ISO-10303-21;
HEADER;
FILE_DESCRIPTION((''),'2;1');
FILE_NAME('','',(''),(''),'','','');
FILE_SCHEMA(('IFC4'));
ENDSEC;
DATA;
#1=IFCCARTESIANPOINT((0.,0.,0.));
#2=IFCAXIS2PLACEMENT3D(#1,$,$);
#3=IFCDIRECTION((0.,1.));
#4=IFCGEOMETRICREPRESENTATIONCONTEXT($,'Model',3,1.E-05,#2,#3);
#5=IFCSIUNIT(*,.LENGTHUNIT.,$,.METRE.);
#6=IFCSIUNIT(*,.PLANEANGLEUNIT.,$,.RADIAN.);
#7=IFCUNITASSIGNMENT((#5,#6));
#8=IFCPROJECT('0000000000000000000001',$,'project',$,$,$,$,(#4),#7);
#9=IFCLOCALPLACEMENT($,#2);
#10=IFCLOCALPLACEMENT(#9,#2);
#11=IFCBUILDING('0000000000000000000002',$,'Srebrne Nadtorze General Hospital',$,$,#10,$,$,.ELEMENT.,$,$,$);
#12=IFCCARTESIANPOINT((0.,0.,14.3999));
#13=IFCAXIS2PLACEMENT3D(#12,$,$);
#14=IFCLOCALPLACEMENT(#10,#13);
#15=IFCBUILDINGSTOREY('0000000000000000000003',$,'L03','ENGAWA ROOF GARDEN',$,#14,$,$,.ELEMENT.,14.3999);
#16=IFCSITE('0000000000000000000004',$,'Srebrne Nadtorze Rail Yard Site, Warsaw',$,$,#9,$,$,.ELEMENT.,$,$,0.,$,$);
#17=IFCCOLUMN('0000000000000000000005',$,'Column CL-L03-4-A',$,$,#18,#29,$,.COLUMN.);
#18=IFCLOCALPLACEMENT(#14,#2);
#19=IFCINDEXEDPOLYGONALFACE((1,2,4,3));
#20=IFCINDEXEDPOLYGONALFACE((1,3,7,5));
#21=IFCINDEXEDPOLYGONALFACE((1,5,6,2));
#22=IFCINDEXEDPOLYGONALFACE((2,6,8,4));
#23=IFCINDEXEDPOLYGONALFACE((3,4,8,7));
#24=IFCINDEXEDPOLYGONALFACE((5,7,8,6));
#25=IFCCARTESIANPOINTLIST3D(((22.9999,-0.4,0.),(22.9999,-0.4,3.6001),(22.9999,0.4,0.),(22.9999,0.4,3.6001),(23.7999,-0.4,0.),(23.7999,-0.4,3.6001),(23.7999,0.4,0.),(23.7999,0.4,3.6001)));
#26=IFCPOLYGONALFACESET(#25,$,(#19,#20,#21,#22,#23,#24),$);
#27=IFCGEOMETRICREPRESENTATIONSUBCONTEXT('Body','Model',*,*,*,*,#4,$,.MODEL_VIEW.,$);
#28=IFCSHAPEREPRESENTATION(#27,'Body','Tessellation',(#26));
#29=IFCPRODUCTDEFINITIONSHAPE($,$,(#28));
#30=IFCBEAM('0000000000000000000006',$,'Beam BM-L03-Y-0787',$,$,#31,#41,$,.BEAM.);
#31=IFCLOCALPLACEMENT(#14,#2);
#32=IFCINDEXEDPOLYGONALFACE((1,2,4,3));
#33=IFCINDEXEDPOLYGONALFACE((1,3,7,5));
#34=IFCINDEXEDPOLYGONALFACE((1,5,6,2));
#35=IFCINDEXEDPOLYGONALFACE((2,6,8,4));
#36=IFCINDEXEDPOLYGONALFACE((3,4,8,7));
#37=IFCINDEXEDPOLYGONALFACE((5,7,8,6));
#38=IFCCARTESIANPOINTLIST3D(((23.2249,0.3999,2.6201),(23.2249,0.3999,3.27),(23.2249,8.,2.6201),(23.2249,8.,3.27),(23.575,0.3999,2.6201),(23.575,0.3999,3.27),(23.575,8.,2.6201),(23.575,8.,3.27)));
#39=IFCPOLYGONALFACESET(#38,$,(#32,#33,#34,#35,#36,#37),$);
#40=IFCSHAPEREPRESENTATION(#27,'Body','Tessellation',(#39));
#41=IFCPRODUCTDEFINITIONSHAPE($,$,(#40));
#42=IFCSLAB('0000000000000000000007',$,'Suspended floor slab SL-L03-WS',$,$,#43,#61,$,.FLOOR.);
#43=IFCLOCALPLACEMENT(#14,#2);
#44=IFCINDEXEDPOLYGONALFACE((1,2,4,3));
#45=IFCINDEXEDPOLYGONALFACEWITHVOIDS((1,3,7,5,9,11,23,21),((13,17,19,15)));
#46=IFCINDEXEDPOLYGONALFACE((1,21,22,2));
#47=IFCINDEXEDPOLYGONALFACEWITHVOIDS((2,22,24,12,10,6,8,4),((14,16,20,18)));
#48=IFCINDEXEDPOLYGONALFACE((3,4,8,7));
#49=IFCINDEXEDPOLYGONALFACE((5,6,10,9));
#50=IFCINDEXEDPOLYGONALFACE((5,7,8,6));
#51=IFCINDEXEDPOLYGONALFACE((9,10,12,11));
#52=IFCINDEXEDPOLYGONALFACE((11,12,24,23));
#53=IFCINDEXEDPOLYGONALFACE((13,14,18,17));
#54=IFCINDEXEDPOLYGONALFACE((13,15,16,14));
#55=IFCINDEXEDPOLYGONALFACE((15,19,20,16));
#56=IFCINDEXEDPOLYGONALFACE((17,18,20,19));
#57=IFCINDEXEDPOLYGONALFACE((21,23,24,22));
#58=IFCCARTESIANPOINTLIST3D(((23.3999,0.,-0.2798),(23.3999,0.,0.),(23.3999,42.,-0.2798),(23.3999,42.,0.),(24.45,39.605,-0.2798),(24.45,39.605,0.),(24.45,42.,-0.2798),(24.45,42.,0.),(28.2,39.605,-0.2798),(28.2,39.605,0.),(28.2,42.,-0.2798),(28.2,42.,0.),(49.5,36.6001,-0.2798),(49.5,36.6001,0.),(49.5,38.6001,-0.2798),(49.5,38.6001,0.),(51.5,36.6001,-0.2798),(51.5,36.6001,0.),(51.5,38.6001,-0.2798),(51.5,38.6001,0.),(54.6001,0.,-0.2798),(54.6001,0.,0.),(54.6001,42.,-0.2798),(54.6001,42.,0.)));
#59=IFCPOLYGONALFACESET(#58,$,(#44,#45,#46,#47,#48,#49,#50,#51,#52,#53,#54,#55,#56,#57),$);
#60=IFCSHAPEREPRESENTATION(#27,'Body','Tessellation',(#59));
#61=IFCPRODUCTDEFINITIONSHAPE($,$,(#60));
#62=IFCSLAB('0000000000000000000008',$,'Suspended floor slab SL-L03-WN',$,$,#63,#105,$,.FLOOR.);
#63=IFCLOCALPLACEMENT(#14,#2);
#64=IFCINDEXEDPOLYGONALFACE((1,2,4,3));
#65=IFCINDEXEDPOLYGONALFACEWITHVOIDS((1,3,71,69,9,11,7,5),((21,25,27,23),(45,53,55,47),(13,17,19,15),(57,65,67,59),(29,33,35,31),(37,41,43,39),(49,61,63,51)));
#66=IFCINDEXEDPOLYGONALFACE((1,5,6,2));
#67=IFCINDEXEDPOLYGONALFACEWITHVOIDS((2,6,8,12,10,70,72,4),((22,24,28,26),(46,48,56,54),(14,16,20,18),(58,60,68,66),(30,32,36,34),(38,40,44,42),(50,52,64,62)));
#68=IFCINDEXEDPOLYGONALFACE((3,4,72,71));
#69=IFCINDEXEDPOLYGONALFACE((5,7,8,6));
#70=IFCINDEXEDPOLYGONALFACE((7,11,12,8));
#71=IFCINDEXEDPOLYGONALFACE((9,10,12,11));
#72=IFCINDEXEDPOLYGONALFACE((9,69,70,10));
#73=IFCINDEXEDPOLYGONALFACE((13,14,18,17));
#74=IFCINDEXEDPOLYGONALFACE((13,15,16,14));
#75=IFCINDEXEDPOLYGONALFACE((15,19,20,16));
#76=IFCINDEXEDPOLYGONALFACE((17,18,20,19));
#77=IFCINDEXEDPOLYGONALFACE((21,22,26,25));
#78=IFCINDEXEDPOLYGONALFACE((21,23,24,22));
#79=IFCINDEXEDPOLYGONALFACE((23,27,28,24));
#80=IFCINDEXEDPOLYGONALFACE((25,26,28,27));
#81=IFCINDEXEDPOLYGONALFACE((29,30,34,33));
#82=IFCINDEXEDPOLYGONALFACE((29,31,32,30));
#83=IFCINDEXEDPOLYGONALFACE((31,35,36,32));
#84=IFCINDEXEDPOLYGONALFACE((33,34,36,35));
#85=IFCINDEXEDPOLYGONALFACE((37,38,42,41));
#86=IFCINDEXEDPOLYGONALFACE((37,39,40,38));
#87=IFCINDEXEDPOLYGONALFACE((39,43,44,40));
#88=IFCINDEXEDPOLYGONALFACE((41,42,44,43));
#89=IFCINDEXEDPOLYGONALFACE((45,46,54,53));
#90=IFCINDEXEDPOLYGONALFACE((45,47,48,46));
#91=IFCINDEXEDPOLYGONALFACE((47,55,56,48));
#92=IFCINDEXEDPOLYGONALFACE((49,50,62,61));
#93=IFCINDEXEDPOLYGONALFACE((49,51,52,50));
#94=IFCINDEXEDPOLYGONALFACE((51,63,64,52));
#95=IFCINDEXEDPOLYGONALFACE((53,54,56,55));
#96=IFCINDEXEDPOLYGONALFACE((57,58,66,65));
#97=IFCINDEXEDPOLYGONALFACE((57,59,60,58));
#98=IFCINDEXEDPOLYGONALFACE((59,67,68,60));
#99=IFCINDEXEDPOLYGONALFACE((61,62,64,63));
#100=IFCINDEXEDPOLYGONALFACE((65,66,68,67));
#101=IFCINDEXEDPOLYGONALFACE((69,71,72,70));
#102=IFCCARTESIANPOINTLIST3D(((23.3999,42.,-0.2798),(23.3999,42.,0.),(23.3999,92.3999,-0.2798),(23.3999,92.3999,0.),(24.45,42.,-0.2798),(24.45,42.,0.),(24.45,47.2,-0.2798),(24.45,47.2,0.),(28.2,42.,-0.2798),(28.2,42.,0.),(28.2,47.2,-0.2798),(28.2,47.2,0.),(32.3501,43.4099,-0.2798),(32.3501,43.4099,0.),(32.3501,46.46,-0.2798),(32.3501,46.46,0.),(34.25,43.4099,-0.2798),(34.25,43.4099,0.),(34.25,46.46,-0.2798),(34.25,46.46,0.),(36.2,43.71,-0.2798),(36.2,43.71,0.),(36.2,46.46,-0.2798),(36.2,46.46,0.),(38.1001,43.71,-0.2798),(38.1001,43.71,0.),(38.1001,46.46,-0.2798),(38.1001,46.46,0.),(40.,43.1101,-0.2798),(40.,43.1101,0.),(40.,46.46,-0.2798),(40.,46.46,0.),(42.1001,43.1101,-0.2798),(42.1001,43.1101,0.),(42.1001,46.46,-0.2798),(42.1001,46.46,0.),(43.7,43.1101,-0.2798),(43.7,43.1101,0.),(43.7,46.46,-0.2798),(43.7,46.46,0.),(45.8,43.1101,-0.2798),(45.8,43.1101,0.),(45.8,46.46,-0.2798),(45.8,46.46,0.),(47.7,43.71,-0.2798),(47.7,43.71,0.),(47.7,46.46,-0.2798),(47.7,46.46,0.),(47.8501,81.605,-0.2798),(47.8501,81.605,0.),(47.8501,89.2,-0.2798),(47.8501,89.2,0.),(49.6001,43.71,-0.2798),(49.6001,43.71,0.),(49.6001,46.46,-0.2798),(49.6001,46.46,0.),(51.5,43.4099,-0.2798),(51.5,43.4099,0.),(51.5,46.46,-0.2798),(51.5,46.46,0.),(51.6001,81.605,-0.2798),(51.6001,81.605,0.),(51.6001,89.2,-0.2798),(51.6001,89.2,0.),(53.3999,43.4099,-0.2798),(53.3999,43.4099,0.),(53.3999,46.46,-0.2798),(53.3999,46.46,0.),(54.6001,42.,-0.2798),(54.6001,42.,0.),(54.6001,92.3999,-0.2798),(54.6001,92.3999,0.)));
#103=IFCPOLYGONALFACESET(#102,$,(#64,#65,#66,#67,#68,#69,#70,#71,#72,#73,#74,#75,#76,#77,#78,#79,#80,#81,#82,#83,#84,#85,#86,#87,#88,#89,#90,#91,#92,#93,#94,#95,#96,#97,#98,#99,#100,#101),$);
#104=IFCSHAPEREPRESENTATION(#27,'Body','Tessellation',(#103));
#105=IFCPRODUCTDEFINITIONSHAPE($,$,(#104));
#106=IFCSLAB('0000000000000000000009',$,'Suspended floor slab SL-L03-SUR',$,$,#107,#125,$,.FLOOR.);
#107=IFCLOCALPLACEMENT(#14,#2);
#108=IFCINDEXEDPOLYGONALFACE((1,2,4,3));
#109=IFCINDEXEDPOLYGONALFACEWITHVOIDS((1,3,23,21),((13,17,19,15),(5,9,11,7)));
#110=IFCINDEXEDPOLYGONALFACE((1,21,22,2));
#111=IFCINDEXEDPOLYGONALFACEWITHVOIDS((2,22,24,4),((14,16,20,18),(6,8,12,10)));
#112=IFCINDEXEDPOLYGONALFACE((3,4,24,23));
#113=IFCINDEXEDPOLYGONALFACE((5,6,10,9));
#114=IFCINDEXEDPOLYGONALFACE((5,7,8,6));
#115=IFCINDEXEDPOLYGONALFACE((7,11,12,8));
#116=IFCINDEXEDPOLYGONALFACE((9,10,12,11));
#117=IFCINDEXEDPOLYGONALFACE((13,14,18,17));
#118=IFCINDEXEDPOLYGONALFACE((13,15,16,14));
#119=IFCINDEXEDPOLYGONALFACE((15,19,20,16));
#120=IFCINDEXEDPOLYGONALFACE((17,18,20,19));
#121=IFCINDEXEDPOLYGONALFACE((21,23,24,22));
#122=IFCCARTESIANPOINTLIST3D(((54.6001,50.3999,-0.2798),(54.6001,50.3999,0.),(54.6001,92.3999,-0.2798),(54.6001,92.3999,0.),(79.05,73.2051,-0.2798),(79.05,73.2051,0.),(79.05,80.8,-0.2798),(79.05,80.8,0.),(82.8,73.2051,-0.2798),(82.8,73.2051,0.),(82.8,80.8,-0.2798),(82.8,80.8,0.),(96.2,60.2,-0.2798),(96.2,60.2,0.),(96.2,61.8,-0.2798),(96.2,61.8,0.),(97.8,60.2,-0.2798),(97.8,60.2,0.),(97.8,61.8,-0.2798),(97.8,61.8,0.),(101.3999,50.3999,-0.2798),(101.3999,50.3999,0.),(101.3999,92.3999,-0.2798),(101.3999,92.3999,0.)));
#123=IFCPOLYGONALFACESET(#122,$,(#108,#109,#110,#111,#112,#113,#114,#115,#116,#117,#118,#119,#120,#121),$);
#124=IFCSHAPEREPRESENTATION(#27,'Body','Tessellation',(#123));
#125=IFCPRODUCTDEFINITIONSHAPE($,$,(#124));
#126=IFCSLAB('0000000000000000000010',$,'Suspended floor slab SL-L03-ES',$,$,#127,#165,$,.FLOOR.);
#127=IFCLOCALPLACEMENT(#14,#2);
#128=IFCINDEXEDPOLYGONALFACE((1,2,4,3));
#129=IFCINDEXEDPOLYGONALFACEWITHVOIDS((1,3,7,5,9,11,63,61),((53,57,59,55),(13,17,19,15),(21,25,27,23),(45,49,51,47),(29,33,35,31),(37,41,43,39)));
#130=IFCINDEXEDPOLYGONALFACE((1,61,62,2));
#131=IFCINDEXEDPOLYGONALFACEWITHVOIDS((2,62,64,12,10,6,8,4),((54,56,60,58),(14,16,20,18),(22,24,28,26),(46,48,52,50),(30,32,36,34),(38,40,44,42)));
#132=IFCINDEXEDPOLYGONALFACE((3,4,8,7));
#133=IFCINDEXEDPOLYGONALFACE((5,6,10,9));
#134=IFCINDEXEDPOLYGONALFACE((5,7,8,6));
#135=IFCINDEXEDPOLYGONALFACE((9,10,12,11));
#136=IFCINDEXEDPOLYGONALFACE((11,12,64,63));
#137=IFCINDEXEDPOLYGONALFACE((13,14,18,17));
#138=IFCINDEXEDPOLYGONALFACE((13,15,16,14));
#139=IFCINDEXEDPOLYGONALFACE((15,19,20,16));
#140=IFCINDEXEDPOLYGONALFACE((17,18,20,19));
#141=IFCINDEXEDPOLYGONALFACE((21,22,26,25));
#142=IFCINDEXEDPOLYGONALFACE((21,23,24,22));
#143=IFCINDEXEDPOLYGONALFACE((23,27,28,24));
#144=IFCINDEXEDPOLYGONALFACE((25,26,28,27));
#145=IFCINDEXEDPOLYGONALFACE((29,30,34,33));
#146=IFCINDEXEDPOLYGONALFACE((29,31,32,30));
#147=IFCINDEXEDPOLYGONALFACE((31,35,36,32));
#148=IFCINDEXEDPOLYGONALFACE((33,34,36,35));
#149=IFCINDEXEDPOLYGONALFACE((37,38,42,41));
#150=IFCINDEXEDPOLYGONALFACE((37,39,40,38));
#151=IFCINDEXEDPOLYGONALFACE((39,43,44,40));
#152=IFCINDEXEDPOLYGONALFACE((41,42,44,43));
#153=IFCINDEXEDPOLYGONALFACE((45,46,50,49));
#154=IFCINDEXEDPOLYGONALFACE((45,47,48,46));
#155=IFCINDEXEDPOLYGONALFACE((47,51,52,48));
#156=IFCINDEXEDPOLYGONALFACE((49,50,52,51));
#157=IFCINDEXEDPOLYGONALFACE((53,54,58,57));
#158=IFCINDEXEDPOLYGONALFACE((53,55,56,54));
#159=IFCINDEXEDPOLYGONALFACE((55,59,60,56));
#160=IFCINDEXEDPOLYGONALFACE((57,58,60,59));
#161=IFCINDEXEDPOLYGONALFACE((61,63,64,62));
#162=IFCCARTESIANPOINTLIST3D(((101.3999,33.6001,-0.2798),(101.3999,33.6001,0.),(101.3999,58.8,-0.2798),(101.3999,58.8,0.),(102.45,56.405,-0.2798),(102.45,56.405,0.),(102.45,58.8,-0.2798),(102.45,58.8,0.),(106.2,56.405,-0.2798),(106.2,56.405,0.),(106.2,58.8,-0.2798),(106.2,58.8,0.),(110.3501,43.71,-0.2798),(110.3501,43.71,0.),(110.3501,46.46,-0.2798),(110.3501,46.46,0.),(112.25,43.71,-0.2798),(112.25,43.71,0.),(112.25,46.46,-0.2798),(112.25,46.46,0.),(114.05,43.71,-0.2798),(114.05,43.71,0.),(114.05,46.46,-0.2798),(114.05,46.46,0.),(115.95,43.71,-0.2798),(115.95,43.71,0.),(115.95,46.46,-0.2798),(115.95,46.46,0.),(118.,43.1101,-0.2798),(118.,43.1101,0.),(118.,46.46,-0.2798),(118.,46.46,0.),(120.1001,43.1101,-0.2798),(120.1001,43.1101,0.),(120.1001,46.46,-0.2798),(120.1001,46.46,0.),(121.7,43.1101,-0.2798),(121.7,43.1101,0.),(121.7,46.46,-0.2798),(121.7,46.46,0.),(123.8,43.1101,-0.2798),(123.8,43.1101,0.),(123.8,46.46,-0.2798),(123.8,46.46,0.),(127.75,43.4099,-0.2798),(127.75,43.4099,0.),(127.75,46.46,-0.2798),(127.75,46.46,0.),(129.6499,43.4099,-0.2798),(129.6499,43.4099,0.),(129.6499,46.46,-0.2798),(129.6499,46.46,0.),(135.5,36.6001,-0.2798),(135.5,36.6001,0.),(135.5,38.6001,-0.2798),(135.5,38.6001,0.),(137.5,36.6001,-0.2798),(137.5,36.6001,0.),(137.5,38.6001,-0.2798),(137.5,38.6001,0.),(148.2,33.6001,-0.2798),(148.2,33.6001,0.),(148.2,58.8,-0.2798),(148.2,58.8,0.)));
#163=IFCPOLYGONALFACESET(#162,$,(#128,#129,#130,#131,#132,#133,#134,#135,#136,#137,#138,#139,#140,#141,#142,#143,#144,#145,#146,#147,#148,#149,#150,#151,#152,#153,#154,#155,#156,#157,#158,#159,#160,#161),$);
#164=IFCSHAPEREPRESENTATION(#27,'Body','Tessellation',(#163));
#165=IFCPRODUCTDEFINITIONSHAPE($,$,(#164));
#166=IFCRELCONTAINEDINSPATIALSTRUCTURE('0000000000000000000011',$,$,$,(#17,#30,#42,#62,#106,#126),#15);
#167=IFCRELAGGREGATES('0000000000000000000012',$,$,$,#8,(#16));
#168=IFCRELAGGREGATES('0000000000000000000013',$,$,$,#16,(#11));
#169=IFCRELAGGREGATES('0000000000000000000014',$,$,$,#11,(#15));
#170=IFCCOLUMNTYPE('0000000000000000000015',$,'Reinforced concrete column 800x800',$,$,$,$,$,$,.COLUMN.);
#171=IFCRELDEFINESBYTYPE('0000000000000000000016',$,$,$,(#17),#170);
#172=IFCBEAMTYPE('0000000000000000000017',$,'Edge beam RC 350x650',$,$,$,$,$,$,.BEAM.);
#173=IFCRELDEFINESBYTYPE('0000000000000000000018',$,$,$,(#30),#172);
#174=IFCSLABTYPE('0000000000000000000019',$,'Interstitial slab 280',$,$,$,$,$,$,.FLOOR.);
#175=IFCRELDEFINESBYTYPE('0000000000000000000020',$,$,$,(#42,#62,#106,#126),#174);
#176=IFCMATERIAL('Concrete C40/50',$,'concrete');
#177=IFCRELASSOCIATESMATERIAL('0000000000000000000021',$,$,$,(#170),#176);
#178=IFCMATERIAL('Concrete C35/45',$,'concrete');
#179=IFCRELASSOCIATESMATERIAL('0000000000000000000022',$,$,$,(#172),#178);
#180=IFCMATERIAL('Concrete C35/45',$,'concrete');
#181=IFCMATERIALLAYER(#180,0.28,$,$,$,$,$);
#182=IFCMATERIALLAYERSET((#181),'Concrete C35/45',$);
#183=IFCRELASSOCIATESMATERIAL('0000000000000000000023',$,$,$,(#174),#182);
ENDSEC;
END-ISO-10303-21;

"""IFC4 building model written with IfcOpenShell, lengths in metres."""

from ifc_helpers import new_model, si_unit, direction, frame, origin, origin_2d, place, context, subcontext, project, spatial, polyline, rectangle, outline, extrude, material, layer, layer_set, material_profile, profile_set, type_object, element, save


model = new_model("IFC4")

# Units and contexts
model_context = context("Model", 3, precision=1e-05, world=origin(), true_north=direction((0.0, 1.0)))
body_context = subcontext(model_context, "Body", "Model", "MODEL_VIEW")
ifc_project = project(units=[si_unit("LENGTHUNIT", "METRE"), si_unit("PLANEANGLEUNIT", "RADIAN")], contexts=[model_context])

# Site, building, storey
site_placement = place(None, origin())
site = spatial("IfcSite", under=ifc_project, at=site_placement, Name="Srebrne Nadtorze Rail Yard Site, Warsaw", CompositionType="ELEMENT", RefElevation=0.0)
building_placement = place(site_placement, origin())
building = spatial("IfcBuilding", under=site, at=building_placement, Name="Srebrne Nadtorze General Hospital", CompositionType="ELEMENT")
storey_placement = place(building_placement, frame((0.0, 0.0, 14.3999)))
storey = spatial("IfcBuildingStorey", under=building, at=storey_placement, Name="L03", Description="ENGAWA ROOF GARDEN", CompositionType="ELEMENT", Elevation=14.3999)

# Column
ifc_material_1 = material(Name="Concrete C40/50", Category="concrete")
ifc_material_profile_1 = material_profile(ifc_material_1, rectangle(XDim=0.8, YDim=0.8, at=origin_2d()), Name="RC-COL-800x800")
ifc_profile_set_1 = profile_set([ifc_material_profile_1], Name="Concrete C40/50")
column_type = type_object("IfcColumnType", Name="Reinforced concrete column 800x800", PredefinedType="COLUMN", material=ifc_profile_set_1)
column_placement = place(storey_placement, frame((23.3999, 0.0, 0.0), z_axis=(0.0, 0.0, 1.0), x_axis=(1.0, 0.0, 0.0)))
element("IfcColumn", 1, at=column_placement, inside=storey, type_object=column_type, Name="Column CL-L03-4-A", PredefinedType="COLUMN", context=body_context, shape_type="SweptSolid", body=[
    extrude(rectangle(XDim=0.8, YDim=0.8, at=origin_2d()), origin(), (0.0, 0.0, 1.0), 3.6001),
])

# Beam
ifc_material_2 = material(Name="Concrete C35/45", Category="concrete")
ifc_material_profile_2 = material_profile(ifc_material_2, rectangle(XDim=0.3501, YDim=0.6499, at=origin_2d()), Name="RC-BM-350x650")
ifc_profile_set_2 = profile_set([ifc_material_profile_2], Name="Concrete C35/45")
beam_type = type_object("IfcBeamType", Name="Edge beam RC 350x650", PredefinedType="BEAM", material=ifc_profile_set_2)
beam_placement = place(storey_placement, frame((23.3999, 0.3999, 2.9451), z_axis=(0.0, 1.0, 0.0), x_axis=(-1.0, 0.0, 0.0)))
element("IfcBeam", 2, at=beam_placement, inside=storey, type_object=beam_type, Name="Beam BM-L03-Y-0787", PredefinedType="BEAM", context=body_context, shape_type="SweptSolid", body=[
    extrude(rectangle(XDim=0.3501, YDim=0.6499, at=origin_2d()), origin(), (0.0, 0.0, 1.0), 7.6001),
])

# Slabs
ifc_material_3 = material(Name="Concrete C35/45", Category="concrete")
ifc_layer_1 = layer(ifc_material_3, 0.28)
ifc_layer_set_1 = layer_set([ifc_layer_1], Name="Concrete C35/45")
slab_type_1 = type_object("IfcSlabType", Name="Interstitial slab 280", PredefinedType="FLOOR", material=ifc_layer_set_1)
slab_1_placement = place(storey_placement, frame((0.0, 0.0, -0.2798)))
element("IfcSlab", 3, at=slab_1_placement, inside=storey, type_object=slab_type_1, Name="Suspended floor slab SL-L03-WS", PredefinedType="FLOOR", context=body_context, shape_type="SweptSolid", body=[
    extrude(outline(polyline([(28.2, 42.0), (28.2, 39.605), (24.45, 39.605), (24.45, 42.0), (23.3999, 42.0), (23.3999, 0.0), (54.6001, 0.0), (54.6001, 42.0), (28.2, 42.0)]), holes=[polyline([(51.5, 36.6001), (49.5, 36.6001), (49.5, 38.6001), (51.5, 38.6001), (51.5, 36.6001)])]), origin(), (0.0, 0.0, 1.0), 0.2798),
])
slab_2_placement = place(storey_placement, frame((0.0, 0.0, -0.2798)))
element("IfcSlab", 4, at=slab_2_placement, inside=storey, type_object=slab_type_1, Name="Suspended floor slab SL-L03-WN", PredefinedType="FLOOR", context=body_context, shape_type="SweptSolid", body=[
    extrude(outline(polyline([(24.45, 42.0), (24.45, 47.2), (28.2, 47.2), (28.2, 42.0), (54.6001, 42.0), (54.6001, 92.3999), (23.3999, 92.3999), (23.3999, 42.0), (24.45, 42.0)]), holes=[polyline([(42.1001, 43.1101), (40.0, 43.1101), (40.0, 46.46), (42.1001, 46.46), (42.1001, 43.1101)]), polyline([(43.7, 43.1101), (43.7, 46.46), (45.8, 46.46), (45.8, 43.1101), (43.7, 43.1101)]), polyline([(32.3501, 43.4099), (32.3501, 46.46), (34.25, 46.46), (34.25, 43.4099), (32.3501, 43.4099)]), polyline([(53.3999, 43.4099), (51.5, 43.4099), (51.5, 46.46), (53.3999, 46.46), (53.3999, 43.4099)]), polyline([(38.1001, 43.71), (36.2, 43.71), (36.2, 46.46), (38.1001, 46.46), (38.1001, 43.71)]), polyline([(49.6001, 43.71), (47.7, 43.71), (47.7, 46.46), (49.6001, 46.46), (49.6001, 43.71)]), polyline([(51.6001, 81.605), (47.8501, 81.605), (47.8501, 89.2), (51.6001, 89.2), (51.6001, 81.605)])]), origin(), (0.0, 0.0, 1.0), 0.2798),
])
slab_3_placement = place(storey_placement, frame((0.0, 0.0, -0.2798)))
element("IfcSlab", 5, at=slab_3_placement, inside=storey, type_object=slab_type_1, Name="Suspended floor slab SL-L03-SUR", PredefinedType="FLOOR", context=body_context, shape_type="SweptSolid", body=[
    extrude(outline(polyline([(101.3999, 50.3999), (101.3999, 92.3999), (54.6001, 92.3999), (54.6001, 50.3999), (101.3999, 50.3999)]), holes=[polyline([(96.2, 60.2), (96.2, 61.8), (97.8, 61.8), (97.8, 60.2), (96.2, 60.2)]), polyline([(79.05, 73.2051), (79.05, 80.8), (82.8, 80.8), (82.8, 73.2051), (79.05, 73.2051)])]), origin(), (0.0, 0.0, 1.0), 0.2798),
])
slab_4_placement = place(storey_placement, frame((0.0, 0.0, -0.2798)))
element("IfcSlab", 6, at=slab_4_placement, inside=storey, type_object=slab_type_1, Name="Suspended floor slab SL-L03-ES", PredefinedType="FLOOR", context=body_context, shape_type="SweptSolid", body=[
    extrude(outline(polyline([(106.2, 58.8), (106.2, 56.405), (102.45, 56.405), (102.45, 58.8), (101.3999, 58.8), (101.3999, 33.6001), (148.2, 33.6001), (148.2, 58.8), (106.2, 58.8)]), holes=[polyline([(135.5, 36.6001), (135.5, 38.6001), (137.5, 38.6001), (137.5, 36.6001), (135.5, 36.6001)]), polyline([(118.0, 43.1101), (118.0, 46.46), (120.1001, 46.46), (120.1001, 43.1101), (118.0, 43.1101)]), polyline([(123.8, 43.1101), (121.7, 43.1101), (121.7, 46.46), (123.8, 46.46), (123.8, 43.1101)]), polyline([(127.75, 43.4099), (127.75, 46.46), (129.6499, 46.46), (129.6499, 43.4099), (127.75, 43.4099)]), polyline([(110.3501, 43.71), (110.3501, 46.46), (112.25, 46.46), (112.25, 43.71), (110.3501, 43.71)]), polyline([(115.95, 43.71), (114.05, 43.71), (114.05, 46.46), (115.95, 46.46), (115.95, 43.71)])]), origin(), (0.0, 0.0, 1.0), 0.2798),
])

save(model, "model.ifc")
